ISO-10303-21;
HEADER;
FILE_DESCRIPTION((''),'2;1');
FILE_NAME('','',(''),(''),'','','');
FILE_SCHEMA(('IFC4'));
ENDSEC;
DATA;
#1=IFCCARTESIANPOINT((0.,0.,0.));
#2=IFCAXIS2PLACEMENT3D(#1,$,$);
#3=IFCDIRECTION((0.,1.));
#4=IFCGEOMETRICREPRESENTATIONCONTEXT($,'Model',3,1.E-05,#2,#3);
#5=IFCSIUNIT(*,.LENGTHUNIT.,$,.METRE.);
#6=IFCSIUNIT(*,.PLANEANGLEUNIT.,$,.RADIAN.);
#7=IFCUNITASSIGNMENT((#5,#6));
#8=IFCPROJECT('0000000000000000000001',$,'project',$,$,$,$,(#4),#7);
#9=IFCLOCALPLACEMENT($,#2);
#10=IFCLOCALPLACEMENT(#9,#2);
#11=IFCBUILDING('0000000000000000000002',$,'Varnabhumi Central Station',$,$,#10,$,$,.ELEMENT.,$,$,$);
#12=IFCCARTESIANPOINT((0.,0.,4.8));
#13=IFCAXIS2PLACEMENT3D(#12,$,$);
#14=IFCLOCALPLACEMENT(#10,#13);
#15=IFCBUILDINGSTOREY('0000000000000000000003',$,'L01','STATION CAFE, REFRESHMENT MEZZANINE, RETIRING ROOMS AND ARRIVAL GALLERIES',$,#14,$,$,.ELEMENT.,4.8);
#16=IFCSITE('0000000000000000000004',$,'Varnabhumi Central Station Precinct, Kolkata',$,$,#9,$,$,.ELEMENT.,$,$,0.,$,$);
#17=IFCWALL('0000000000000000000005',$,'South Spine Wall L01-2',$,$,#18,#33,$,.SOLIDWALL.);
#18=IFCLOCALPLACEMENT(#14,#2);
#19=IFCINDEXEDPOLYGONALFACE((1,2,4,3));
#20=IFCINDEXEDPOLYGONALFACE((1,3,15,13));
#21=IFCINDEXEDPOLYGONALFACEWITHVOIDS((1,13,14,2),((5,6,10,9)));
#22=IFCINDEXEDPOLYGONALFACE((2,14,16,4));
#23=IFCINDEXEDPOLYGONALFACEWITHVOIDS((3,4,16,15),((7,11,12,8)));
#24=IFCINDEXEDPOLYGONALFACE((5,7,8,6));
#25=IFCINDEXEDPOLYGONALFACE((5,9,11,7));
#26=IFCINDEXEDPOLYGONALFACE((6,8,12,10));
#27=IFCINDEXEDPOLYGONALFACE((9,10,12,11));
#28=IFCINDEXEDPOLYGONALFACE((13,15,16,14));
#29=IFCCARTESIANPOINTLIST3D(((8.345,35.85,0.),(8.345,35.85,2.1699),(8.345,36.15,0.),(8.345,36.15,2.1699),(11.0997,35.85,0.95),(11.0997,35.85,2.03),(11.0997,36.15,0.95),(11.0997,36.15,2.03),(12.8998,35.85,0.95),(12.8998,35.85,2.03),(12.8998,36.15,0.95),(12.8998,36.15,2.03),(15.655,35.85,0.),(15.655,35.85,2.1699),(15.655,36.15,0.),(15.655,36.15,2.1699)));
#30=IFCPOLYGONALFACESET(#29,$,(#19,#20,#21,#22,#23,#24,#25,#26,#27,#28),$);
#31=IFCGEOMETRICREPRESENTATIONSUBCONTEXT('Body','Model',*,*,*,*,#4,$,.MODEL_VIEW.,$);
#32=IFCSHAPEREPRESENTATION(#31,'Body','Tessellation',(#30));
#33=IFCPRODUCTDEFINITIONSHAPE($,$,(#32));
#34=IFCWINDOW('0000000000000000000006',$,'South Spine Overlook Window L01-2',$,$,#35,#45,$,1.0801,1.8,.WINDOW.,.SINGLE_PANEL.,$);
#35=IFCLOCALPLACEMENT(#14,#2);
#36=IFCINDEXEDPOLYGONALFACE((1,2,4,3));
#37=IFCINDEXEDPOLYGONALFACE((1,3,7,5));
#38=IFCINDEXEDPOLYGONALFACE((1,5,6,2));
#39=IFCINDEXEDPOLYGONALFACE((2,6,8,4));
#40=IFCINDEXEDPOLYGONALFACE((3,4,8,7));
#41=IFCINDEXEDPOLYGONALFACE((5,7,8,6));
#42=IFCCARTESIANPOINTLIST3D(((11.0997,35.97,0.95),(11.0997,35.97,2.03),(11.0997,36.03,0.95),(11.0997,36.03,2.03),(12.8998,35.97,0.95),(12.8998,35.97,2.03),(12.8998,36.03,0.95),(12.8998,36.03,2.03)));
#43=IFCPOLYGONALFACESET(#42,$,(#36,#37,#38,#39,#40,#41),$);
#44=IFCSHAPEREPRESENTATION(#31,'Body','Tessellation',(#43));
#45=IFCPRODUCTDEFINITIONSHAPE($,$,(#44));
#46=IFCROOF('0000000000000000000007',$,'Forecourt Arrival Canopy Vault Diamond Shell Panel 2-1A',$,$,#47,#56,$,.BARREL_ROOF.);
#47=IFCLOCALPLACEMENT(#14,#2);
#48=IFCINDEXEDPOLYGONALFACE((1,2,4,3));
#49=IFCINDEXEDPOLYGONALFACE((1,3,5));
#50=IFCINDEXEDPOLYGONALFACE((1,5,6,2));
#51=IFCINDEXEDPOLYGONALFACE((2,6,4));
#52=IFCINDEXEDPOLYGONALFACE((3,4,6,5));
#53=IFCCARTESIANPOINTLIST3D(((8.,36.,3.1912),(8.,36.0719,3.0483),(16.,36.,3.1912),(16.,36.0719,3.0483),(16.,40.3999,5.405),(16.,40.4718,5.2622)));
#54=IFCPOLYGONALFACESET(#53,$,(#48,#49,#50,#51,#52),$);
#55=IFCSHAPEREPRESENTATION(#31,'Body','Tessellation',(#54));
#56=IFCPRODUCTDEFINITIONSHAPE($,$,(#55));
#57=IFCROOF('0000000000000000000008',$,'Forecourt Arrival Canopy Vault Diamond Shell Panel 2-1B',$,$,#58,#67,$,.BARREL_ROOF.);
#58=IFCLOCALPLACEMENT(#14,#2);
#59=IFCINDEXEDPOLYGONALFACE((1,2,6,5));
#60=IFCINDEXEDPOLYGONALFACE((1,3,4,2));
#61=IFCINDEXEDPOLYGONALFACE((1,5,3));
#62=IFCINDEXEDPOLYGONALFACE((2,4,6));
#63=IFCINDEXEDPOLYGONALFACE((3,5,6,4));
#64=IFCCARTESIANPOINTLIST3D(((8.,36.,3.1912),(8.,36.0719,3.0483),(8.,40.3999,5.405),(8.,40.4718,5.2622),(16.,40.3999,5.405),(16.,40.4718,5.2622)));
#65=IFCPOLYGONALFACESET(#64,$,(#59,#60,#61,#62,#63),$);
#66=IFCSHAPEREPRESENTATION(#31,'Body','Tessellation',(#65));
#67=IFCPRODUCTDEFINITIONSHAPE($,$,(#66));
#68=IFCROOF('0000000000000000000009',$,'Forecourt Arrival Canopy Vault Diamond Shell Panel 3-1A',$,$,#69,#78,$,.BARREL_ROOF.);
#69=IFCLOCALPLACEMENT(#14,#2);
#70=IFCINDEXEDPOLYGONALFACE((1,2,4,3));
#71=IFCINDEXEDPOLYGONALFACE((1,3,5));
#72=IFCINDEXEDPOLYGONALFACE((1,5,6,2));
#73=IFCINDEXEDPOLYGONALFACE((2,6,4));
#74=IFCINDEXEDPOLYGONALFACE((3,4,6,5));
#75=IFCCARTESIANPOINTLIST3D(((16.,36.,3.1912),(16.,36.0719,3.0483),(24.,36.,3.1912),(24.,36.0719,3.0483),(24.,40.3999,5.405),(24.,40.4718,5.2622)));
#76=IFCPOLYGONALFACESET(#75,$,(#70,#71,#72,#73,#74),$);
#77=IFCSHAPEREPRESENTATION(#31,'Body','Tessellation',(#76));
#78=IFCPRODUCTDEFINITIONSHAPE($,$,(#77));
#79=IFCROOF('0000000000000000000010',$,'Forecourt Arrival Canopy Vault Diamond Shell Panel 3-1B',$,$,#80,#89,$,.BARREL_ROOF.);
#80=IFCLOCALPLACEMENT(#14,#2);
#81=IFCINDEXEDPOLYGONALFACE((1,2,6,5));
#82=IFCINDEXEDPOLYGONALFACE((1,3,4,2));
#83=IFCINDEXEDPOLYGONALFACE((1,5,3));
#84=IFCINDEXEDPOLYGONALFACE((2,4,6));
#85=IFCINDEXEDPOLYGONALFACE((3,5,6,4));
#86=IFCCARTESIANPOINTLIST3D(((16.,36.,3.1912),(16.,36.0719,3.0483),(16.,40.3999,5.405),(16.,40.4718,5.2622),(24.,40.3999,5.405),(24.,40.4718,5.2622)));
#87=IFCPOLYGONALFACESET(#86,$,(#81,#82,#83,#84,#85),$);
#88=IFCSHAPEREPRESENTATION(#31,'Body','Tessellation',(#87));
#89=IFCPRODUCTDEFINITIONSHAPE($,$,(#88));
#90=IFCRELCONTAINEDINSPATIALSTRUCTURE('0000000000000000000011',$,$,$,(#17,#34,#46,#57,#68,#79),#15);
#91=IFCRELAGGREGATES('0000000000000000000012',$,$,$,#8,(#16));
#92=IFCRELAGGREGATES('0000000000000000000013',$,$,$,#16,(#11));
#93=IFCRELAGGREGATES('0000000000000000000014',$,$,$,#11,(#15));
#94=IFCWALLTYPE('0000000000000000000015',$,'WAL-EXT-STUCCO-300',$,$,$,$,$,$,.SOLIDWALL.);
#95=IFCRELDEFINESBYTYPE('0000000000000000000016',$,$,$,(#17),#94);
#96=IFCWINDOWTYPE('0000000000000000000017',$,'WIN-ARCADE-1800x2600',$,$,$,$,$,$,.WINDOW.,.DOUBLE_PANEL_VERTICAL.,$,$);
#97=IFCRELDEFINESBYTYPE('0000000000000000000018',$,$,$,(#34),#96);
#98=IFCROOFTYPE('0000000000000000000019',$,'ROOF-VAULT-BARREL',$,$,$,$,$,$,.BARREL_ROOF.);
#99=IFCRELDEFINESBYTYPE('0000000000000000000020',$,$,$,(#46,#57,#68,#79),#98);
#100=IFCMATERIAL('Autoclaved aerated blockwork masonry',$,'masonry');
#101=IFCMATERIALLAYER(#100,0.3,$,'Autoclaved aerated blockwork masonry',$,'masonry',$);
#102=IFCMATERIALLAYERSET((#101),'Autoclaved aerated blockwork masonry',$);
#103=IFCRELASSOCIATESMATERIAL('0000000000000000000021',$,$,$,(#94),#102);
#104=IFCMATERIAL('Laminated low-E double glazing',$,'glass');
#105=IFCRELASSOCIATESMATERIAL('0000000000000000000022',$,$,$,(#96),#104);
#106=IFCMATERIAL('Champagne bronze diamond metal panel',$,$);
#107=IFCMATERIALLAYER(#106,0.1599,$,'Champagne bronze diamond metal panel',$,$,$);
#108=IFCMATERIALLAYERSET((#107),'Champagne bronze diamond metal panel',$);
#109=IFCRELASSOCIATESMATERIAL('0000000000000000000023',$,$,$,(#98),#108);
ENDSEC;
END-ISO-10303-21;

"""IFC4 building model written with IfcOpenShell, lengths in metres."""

from ifc_helpers import new_model, si_unit, direction, frame, frame_2d, origin, place, context, subcontext, project, spatial, polyline, rectangle, outline, extrude, material, layer, layer_set, type_object, element, fill, save


model = new_model("IFC4")

# Units and contexts
model_context = context("Model", 3, precision=1e-05, world=origin(), true_north=direction((0.0, 1.0)))
body_context = subcontext(model_context, "Body", "Model", "MODEL_VIEW")
ifc_project = project(units=[si_unit("LENGTHUNIT", "METRE"), si_unit("PLANEANGLEUNIT", "RADIAN")], contexts=[model_context])

# Site, building, storey
site_placement = place(None, origin())
site = spatial("IfcSite", under=ifc_project, at=site_placement, Name="Varnabhumi Central Station Precinct, Kolkata", CompositionType="ELEMENT", RefElevation=0.0)
building_placement = place(site_placement, origin())
building = spatial("IfcBuilding", under=site, at=building_placement, Name="Varnabhumi Central Station", CompositionType="ELEMENT")
storey_placement = place(building_placement, frame((0.0, 0.0, 4.8)))
storey = spatial("IfcBuildingStorey", under=building, at=storey_placement, Name="L01", Description="STATION CAFE, REFRESHMENT MEZZANINE, RETIRING ROOMS AND ARRIVAL GALLERIES", CompositionType="ELEMENT", Elevation=4.8)

# Wall, opening, window
ifc_material_1 = material(Name="Autoclaved aerated blockwork masonry", Category="masonry")
ifc_layer_1 = layer(ifc_material_1, 0.3, Name="Autoclaved aerated blockwork masonry", Category="masonry")
ifc_layer_set_1 = layer_set([ifc_layer_1], Name="Autoclaved aerated blockwork masonry")
wall_type = type_object("IfcWallType", Name="WAL-EXT-STUCCO-300", PredefinedType="SOLIDWALL", material=ifc_layer_set_1)
wall_placement = place(storey_placement, frame((8.345, 36.0, 0.0), z_axis=(0.0, 0.0, 1.0), x_axis=(1.0, 0.0, 0.0)))
wall = element("IfcWall", 1, at=wall_placement, inside=storey, type_object=wall_type, Name="South Spine Wall L01-2", PredefinedType="SOLIDWALL", context=body_context, shape_type="SweptSolid", body=[
    extrude(rectangle(XDim=7.3101, YDim=0.3, at=frame_2d((3.655, 0.0))), origin(), (0.0, 0.0, 1.0), 2.1699),
])
opening_placement = place(wall_placement, frame((2.7549, 0.0, 0.95)))
opening = element("IfcOpeningElement", 2, at=opening_placement, cuts=wall, PredefinedType="OPENING", context=body_context, shape_type="SweptSolid", body=[
    extrude(rectangle(XDim=1.8, YDim=1.0801, at=frame_2d((0.8999, 0.54))), frame((0.0, 0.1599, 0.0), z_axis=(0.0, -1.0, 0.0), x_axis=(1.0, 0.0, 0.0)), (0.0, 0.0, 1.0), 0.3201),
])
ifc_material_2 = material(Name="Laminated low-E double glazing", Category="glass")
window_type = type_object("IfcWindowType", Name="WIN-ARCADE-1800x2600", PartitioningType="DOUBLE_PANEL_VERTICAL", PredefinedType="WINDOW", material=ifc_material_2)
window_placement = place(opening_placement, origin())
window = element("IfcWindow", 3, at=window_placement, inside=storey, type_object=window_type, Name="South Spine Overlook Window L01-2", OverallHeight=1.0801, OverallWidth=1.8, PartitioningType="SINGLE_PANEL", PredefinedType="WINDOW", context=body_context, shape_type="SweptSolid", body=[
    extrude(rectangle(XDim=1.8, YDim=1.0801, at=frame_2d((0.8999, 0.54))), frame((0.0, 0.03, 0.0), z_axis=(0.0, -1.0, 0.0), x_axis=(1.0, 0.0, 0.0)), (0.0, 0.0, 1.0), 0.0601),
])
fill(opening, window)

# Roofs
ifc_material_3 = material(Name="Champagne bronze diamond metal panel")
ifc_layer_2 = layer(ifc_material_3, 0.1599, Name="Champagne bronze diamond metal panel")
ifc_layer_set_2 = layer_set([ifc_layer_2], Name="Champagne bronze diamond metal panel")
roof_type = type_object("IfcRoofType", Name="ROOF-VAULT-BARREL", PredefinedType="BARREL_ROOF", material=ifc_layer_set_2)
roof_1_placement = place(storey_placement, frame((8.0, 36.0, 3.1912), z_axis=(0.0, -0.449472, 0.893294), x_axis=(1.0, 0.0, 0.0)))
element("IfcRoof", 4, at=roof_1_placement, inside=storey, type_object=roof_type, Name="Forecourt Arrival Canopy Vault Diamond Shell Panel 2-1A", PredefinedType="BARREL_ROOF", context=body_context, shape_type="SweptSolid", body=[
    extrude(outline(polyline([(0.0, 0.0), (8.0, 0.0), (8.0, 4.9255), (0.0, 0.0)])), origin(), (0.0, 0.0, -1.0), 0.1599),
])
roof_2_placement = place(storey_placement, frame((8.0, 36.0, 3.1912), z_axis=(0.0, -0.449472, 0.893294), x_axis=(0.851544, 0.468339, 0.235651)))
element("IfcRoof", 5, at=roof_2_placement, inside=storey, type_object=roof_type, Name="Forecourt Arrival Canopy Vault Diamond Shell Panel 2-1B", PredefinedType="BARREL_ROOF", context=body_context, shape_type="SweptSolid", body=[
    extrude(outline(polyline([(0.0, 0.0), (9.3947, 0.0), (2.5823, 4.1943), (0.0, 0.0)])), origin(), (0.0, 0.0, -1.0), 0.1599),
])
roof_3_placement = place(storey_placement, frame((16.0, 36.0, 3.1912), z_axis=(0.0, -0.449472, 0.893294), x_axis=(1.0, 0.0, 0.0)))
element("IfcRoof", 6, at=roof_3_placement, inside=storey, type_object=roof_type, Name="Forecourt Arrival Canopy Vault Diamond Shell Panel 3-1A", PredefinedType="BARREL_ROOF", context=body_context, shape_type="SweptSolid", body=[
    extrude(outline(polyline([(0.0, 0.0), (8.0, 0.0), (8.0, 4.9255), (0.0, 0.0)])), origin(), (0.0, 0.0, -1.0), 0.1599),
])
roof_4_placement = place(storey_placement, frame((16.0, 36.0, 3.1912), z_axis=(0.0, -0.449472, 0.893294), x_axis=(0.851544, 0.468339, 0.235651)))
element("IfcRoof", 7, at=roof_4_placement, inside=storey, type_object=roof_type, Name="Forecourt Arrival Canopy Vault Diamond Shell Panel 3-1B", PredefinedType="BARREL_ROOF", context=body_context, shape_type="SweptSolid", body=[
    extrude(outline(polyline([(0.0, 0.0), (9.3947, 0.0), (2.5823, 4.1943), (0.0, 0.0)])), origin(), (0.0, 0.0, -1.0), 0.1599),
])

save(model, "model.ifc")
